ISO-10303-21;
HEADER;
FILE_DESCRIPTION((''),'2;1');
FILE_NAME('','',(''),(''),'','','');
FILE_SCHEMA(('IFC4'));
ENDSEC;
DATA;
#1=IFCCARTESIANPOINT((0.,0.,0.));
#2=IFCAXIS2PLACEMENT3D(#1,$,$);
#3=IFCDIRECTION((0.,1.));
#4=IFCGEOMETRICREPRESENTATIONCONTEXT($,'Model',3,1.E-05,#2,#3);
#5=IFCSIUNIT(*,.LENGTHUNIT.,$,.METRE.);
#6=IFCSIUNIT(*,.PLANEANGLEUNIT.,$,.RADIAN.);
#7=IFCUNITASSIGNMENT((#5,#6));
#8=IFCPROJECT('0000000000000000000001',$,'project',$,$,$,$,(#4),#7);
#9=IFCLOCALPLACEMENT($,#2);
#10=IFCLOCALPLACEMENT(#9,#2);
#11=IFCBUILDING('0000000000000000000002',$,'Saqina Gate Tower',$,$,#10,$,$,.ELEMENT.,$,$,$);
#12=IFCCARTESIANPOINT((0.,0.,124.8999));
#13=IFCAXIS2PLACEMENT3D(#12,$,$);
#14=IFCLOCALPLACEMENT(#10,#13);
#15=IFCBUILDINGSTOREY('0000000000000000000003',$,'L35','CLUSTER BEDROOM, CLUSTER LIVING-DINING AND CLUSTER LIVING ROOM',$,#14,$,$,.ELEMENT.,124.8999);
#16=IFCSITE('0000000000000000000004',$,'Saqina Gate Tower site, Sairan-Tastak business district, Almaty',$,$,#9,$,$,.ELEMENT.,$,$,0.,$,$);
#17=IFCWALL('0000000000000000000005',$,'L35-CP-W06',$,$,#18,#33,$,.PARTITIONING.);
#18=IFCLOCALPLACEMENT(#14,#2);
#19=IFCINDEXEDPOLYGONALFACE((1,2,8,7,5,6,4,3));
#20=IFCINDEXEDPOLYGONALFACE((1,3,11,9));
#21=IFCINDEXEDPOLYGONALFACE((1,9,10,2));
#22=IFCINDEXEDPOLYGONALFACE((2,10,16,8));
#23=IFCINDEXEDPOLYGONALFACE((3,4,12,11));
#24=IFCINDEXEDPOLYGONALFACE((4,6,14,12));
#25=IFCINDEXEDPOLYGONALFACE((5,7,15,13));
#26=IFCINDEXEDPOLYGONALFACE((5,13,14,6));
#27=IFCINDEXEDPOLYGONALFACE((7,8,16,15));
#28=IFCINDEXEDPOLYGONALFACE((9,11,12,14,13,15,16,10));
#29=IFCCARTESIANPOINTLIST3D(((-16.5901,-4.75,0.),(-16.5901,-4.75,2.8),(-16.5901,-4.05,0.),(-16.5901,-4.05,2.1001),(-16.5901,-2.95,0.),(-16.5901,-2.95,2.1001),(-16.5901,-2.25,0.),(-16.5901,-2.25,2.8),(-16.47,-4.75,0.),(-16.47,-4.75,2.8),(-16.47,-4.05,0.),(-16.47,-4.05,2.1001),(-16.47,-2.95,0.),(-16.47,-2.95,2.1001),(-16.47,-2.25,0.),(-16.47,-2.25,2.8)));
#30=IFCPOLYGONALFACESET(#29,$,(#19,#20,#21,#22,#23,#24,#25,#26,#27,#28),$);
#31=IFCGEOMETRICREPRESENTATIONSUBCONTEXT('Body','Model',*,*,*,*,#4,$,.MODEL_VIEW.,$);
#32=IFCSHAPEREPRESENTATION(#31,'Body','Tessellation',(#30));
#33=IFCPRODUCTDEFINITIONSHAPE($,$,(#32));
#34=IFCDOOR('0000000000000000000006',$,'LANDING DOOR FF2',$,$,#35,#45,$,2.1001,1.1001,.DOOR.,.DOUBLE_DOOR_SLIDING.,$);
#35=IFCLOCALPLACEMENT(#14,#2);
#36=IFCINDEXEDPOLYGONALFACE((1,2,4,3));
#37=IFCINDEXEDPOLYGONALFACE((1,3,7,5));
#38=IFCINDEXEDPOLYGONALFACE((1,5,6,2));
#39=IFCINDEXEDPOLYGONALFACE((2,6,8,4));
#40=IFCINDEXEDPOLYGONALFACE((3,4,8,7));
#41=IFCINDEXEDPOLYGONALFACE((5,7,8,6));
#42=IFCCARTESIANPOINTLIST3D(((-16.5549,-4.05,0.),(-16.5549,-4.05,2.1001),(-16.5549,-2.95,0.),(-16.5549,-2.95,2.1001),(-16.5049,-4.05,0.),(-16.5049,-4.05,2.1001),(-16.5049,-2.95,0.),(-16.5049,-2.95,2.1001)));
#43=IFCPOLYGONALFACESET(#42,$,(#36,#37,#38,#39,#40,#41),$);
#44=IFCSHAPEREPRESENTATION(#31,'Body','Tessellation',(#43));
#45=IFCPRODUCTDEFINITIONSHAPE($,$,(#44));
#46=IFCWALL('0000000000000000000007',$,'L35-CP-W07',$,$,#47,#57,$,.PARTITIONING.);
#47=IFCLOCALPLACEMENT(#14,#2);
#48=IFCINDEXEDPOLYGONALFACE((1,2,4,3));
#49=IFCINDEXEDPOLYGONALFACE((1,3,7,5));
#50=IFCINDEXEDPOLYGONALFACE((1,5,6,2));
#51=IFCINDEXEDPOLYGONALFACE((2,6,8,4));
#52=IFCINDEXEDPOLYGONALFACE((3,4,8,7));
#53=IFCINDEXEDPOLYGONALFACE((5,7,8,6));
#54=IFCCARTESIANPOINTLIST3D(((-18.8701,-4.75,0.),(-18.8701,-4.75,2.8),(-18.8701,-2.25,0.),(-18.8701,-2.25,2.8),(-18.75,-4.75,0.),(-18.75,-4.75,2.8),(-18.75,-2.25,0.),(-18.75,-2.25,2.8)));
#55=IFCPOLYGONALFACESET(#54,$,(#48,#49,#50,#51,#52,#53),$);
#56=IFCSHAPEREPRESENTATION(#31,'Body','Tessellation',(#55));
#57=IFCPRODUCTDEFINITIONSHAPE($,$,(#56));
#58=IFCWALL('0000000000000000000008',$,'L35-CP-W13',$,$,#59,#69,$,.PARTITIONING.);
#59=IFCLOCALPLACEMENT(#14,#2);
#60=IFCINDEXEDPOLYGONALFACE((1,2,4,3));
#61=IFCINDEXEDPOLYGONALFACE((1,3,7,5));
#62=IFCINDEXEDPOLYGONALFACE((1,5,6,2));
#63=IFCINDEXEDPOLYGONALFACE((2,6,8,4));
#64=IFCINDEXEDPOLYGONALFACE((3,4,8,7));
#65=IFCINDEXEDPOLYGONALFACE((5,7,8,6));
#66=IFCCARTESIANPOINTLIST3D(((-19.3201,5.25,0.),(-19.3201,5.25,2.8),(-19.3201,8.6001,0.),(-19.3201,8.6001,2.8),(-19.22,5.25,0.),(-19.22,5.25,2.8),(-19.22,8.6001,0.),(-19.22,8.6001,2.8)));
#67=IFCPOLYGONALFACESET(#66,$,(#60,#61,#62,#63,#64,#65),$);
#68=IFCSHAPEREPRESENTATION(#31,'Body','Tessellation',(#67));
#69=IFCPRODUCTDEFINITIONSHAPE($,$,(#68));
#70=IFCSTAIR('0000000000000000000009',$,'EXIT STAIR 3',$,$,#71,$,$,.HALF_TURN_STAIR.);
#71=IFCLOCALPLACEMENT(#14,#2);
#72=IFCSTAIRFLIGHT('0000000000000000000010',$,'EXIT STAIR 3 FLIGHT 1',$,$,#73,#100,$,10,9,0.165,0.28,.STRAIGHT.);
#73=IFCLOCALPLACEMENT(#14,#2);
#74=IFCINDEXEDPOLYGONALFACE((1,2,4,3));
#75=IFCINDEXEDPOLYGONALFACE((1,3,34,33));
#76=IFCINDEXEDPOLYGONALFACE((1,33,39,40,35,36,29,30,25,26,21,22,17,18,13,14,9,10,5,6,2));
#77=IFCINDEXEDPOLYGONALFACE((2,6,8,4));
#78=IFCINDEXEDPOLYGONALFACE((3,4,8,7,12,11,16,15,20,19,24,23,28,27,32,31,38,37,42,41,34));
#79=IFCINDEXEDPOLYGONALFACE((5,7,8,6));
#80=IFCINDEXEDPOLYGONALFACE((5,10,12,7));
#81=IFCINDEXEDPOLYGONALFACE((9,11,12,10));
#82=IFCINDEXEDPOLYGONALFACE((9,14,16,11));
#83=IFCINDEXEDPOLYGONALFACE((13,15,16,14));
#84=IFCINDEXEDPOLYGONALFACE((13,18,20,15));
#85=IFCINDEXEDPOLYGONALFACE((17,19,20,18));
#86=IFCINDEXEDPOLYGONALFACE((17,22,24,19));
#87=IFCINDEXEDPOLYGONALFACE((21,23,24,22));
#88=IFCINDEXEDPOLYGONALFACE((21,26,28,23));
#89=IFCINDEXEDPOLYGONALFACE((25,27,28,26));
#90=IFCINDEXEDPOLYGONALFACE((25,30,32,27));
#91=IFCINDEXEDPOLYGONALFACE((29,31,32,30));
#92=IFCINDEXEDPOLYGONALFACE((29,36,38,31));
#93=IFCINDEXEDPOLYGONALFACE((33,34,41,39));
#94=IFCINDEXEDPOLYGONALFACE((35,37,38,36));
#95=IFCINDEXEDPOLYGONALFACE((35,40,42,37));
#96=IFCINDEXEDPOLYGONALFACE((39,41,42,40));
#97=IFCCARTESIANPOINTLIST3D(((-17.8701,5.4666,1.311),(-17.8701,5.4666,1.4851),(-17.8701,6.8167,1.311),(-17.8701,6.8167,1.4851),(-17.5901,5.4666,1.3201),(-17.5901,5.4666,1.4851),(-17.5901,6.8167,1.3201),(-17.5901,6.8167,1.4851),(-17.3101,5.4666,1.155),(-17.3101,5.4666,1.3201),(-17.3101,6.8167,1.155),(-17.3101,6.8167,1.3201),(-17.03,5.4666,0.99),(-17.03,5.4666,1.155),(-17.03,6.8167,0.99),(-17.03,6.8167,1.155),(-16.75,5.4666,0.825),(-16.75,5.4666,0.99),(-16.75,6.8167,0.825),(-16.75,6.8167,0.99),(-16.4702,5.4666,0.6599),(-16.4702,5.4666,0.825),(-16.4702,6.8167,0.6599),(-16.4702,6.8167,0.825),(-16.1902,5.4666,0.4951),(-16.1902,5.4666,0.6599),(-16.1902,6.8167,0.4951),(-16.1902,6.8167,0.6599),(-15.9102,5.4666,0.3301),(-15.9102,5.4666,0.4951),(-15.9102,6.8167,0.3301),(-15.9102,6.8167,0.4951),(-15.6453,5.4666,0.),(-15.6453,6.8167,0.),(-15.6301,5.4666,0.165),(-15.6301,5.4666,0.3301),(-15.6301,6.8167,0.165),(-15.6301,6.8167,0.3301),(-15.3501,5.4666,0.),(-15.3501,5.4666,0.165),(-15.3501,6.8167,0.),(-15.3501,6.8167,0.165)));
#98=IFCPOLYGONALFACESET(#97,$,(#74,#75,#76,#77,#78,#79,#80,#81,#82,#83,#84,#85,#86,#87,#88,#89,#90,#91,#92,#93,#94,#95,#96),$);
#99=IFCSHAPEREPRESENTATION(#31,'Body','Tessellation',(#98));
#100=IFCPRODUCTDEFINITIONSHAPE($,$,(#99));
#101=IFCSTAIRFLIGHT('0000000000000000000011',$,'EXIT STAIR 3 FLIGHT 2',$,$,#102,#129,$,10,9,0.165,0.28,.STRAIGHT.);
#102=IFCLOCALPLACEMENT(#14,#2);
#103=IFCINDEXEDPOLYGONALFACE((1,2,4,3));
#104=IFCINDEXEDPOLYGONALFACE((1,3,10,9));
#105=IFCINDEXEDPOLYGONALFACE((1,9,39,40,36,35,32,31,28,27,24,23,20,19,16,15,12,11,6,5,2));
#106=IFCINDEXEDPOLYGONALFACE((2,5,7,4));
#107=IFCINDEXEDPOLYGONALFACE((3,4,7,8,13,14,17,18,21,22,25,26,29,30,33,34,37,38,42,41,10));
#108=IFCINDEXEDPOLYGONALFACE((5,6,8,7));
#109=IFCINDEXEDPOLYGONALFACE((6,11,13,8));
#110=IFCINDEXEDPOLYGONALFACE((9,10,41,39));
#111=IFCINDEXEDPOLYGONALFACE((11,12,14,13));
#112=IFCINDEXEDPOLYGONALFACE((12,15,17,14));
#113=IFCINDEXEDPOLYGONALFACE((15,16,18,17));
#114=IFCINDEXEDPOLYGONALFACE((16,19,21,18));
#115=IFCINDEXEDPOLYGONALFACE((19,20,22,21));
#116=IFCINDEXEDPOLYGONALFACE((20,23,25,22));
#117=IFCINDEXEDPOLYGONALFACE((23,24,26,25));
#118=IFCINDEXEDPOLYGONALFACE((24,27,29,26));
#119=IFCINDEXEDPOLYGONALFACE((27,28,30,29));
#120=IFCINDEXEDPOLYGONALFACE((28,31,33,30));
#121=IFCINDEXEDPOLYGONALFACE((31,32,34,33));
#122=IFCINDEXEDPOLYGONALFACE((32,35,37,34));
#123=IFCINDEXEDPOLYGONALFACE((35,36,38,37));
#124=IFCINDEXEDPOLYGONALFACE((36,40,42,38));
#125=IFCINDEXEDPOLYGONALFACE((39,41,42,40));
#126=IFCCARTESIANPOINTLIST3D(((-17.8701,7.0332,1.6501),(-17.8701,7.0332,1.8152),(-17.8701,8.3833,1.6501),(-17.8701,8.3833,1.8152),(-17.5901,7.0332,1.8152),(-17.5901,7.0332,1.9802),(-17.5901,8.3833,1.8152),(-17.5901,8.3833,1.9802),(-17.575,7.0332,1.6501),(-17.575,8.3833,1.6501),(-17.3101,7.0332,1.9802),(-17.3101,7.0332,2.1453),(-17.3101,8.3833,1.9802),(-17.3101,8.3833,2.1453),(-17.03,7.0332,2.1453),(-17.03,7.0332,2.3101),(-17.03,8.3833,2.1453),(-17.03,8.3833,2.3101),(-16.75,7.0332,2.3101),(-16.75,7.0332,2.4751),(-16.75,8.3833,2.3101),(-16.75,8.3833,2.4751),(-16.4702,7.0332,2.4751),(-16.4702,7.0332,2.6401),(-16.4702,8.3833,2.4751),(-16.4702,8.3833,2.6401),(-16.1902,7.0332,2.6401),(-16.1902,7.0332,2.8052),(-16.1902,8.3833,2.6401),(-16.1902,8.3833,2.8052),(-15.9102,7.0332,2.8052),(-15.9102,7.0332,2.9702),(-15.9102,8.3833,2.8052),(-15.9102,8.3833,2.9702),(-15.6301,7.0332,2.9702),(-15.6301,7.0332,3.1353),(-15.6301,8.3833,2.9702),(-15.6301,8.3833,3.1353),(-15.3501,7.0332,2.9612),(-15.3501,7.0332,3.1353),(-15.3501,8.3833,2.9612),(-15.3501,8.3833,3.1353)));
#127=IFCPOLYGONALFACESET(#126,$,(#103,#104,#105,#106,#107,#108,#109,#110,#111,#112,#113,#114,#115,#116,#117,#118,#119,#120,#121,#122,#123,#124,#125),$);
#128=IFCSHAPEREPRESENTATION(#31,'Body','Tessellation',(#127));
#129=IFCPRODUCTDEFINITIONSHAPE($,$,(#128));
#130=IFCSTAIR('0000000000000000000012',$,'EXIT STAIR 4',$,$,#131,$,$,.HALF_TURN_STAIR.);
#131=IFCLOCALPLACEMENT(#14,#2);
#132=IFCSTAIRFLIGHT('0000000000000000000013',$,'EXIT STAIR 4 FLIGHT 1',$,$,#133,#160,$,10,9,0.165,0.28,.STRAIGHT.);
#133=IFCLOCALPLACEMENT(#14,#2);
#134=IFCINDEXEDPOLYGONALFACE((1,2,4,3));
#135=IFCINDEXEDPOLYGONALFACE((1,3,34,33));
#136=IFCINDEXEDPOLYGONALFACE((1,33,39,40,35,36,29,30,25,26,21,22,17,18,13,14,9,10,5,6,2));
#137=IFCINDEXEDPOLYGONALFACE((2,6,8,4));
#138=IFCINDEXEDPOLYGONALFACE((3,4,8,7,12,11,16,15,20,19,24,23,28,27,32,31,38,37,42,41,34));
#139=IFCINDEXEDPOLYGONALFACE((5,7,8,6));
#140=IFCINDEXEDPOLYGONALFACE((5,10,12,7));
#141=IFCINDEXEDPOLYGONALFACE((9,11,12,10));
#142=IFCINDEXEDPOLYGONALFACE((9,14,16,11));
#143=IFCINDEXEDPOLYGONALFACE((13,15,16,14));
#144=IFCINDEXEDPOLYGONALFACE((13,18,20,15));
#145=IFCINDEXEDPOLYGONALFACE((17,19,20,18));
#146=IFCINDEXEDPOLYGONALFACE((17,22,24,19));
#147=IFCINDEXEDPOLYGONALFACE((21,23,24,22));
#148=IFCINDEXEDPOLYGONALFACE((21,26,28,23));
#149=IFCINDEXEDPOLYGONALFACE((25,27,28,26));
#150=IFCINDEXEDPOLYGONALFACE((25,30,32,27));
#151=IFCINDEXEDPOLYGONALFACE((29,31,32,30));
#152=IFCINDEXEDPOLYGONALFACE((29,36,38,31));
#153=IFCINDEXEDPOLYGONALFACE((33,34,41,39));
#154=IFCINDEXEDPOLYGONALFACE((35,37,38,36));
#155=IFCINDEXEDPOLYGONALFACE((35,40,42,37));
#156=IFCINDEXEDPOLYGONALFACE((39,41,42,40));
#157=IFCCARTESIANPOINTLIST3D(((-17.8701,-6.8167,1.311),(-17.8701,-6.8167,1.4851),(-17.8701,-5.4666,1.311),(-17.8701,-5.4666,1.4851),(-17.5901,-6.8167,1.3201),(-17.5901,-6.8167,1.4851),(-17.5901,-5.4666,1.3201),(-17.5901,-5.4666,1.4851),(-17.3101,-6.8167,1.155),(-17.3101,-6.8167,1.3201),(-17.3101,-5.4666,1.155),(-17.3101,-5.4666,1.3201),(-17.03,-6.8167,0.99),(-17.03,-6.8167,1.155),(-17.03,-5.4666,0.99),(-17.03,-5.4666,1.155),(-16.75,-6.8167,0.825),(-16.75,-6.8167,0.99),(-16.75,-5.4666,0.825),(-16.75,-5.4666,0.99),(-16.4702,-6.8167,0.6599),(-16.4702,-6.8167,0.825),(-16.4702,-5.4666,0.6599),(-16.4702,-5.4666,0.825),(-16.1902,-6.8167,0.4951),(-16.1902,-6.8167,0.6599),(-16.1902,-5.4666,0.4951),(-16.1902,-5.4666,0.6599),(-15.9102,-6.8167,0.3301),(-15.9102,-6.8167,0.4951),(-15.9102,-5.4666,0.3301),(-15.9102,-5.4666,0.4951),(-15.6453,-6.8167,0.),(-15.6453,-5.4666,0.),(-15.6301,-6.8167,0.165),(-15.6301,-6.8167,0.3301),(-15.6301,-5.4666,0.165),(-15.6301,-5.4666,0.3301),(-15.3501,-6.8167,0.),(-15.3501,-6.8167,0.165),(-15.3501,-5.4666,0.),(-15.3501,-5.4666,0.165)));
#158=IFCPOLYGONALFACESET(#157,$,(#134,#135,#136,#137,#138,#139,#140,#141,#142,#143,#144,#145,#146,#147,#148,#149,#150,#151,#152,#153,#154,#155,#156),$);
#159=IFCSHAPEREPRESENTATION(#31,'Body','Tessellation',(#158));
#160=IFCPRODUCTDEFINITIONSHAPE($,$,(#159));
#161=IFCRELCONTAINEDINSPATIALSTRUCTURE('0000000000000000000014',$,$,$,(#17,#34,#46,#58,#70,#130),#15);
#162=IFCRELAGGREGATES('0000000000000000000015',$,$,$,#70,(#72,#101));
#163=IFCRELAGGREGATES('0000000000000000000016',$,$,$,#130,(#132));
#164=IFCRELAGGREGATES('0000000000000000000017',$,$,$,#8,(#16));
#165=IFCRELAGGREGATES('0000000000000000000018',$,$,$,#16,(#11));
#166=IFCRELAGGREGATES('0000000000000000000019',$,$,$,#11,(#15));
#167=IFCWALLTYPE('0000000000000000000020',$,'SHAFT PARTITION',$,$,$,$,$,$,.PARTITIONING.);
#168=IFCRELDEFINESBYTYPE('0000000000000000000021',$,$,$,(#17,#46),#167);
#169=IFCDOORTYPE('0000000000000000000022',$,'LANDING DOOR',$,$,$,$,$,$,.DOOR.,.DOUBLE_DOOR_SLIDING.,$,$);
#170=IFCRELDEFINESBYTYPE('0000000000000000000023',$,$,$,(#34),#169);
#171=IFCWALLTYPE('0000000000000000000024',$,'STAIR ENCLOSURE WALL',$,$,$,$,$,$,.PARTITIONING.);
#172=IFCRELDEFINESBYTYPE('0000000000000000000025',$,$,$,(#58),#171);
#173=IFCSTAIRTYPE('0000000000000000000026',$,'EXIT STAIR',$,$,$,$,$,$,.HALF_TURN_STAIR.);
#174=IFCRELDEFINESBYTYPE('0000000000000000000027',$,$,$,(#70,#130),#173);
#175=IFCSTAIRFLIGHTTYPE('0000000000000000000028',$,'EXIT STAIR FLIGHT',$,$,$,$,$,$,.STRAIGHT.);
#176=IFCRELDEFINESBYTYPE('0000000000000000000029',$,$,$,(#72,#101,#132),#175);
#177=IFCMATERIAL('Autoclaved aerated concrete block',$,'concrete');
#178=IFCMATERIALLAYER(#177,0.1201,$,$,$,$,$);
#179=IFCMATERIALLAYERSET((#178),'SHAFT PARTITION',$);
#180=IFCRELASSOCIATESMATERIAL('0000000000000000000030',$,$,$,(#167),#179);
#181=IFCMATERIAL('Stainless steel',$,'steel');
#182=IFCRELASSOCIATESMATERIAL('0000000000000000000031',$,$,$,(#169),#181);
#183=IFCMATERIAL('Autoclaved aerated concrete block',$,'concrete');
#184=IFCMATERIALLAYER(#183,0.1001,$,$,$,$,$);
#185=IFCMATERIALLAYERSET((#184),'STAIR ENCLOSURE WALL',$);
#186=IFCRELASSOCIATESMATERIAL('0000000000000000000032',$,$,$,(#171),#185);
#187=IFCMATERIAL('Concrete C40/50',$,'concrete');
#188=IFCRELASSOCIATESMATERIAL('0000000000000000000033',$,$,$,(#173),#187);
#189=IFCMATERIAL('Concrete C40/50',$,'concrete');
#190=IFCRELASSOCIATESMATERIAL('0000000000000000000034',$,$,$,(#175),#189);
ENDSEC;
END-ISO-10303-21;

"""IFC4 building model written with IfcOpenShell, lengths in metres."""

from ifc_helpers import new_model, si_unit, direction, frame, frame_2d, origin, place, context, subcontext, project, spatial, polyline, rectangle, outline, extrude, material, layer, layer_set, type_object, element, fill, aggregate, save


model = new_model("IFC4")

# Units and contexts
model_context = context("Model", 3, precision=1e-05, world=origin(), true_north=direction((0.0, 1.0)))
body_context = subcontext(model_context, "Body", "Model", "MODEL_VIEW")
ifc_project = project(units=[si_unit("LENGTHUNIT", "METRE"), si_unit("PLANEANGLEUNIT", "RADIAN")], contexts=[model_context])

# Site, building, storey
site_placement = place(None, origin())
site = spatial("IfcSite", under=ifc_project, at=site_placement, Name="Saqina Gate Tower site, Sairan-Tastak business district, Almaty", CompositionType="ELEMENT", RefElevation=0.0)
building_placement = place(site_placement, origin())
building = spatial("IfcBuilding", under=site, at=building_placement, Name="Saqina Gate Tower", CompositionType="ELEMENT")
storey_placement = place(building_placement, frame((0.0, 0.0, 124.8999)))
storey = spatial("IfcBuildingStorey", under=building, at=storey_placement, Name="L35", Description="CLUSTER BEDROOM, CLUSTER LIVING-DINING AND CLUSTER LIVING ROOM", CompositionType="ELEMENT", Elevation=124.8999)

# Shared definitions
ifc_material_1 = material(Name="Autoclaved aerated concrete block", Category="concrete")
ifc_layer_1 = layer(ifc_material_1, 0.1201)
ifc_layer_set_1 = layer_set([ifc_layer_1], Name="SHAFT PARTITION")
wall_type_1 = type_object("IfcWallType", Name="SHAFT PARTITION", PredefinedType="PARTITIONING", material=ifc_layer_set_1)

# Wall, opening, door
wall_1_placement = place(storey_placement, frame((-16.53, -4.75, 0.0), z_axis=(0.0, 0.0, 1.0), x_axis=(0.0, 1.0, 0.0)))
wall_1 = element("IfcWall", 1, at=wall_1_placement, inside=storey, type_object=wall_type_1, Name="L35-CP-W06", PredefinedType="PARTITIONING", context=body_context, shape_type="SweptSolid", body=[
    extrude(rectangle(XDim=2.5, YDim=0.1201, at=frame_2d((1.25, 0.0))), origin(), (0.0, 0.0, 1.0), 2.8),
])
opening_1_placement = place(wall_1_placement, frame((0.7, 0.0, 0.0)))
opening_1 = element("IfcOpeningElement", 2, at=opening_1_placement, cuts=wall_1, PredefinedType="OPENING", context=body_context, shape_type="SweptSolid", body=[
    extrude(rectangle(XDim=1.1001, YDim=2.1001, at=frame_2d((0.55, 1.05))), frame((0.0, 0.072, 0.0), z_axis=(0.0, -1.0, 0.0), x_axis=(1.0, 0.0, 0.0)), (0.0, 0.0, 1.0), 0.144),
])
ifc_material_2 = material(Name="Stainless steel", Category="steel")
door_type_1 = type_object("IfcDoorType", Name="LANDING DOOR", OperationType="DOUBLE_DOOR_SLIDING", PredefinedType="DOOR", material=ifc_material_2)
door_1_placement = place(opening_1_placement, origin())
door_1 = element("IfcDoor", 3, at=door_1_placement, inside=storey, type_object=door_type_1, Name="LANDING DOOR FF2", OperationType="DOUBLE_DOOR_SLIDING", OverallHeight=2.1001, OverallWidth=1.1001, PredefinedType="DOOR", context=body_context, shape_type="SweptSolid", body=[
    extrude(rectangle(XDim=1.1001, YDim=2.1001, at=frame_2d((0.55, 1.05))), frame((0.0, 0.0249, 0.0), z_axis=(0.0, -1.0, 0.0), x_axis=(1.0, 0.0, 0.0)), (0.0, 0.0, 1.0), 0.05),
])
fill(opening_1, door_1)

# Walls
wall_2_placement = place(storey_placement, frame((-18.8101, -4.75, 0.0), z_axis=(0.0, 0.0, 1.0), x_axis=(0.0, 1.0, 0.0)))
element("IfcWall", 4, at=wall_2_placement, inside=storey, type_object=wall_type_1, Name="L35-CP-W07", PredefinedType="PARTITIONING", context=body_context, shape_type="SweptSolid", body=[
    extrude(rectangle(XDim=2.5, YDim=0.1201, at=frame_2d((1.25, 0.0))), origin(), (0.0, 0.0, 1.0), 2.8),
])
ifc_material_3 = material(Name="Autoclaved aerated concrete block", Category="concrete")
ifc_layer_2 = layer(ifc_material_3, 0.1001)
ifc_layer_set_2 = layer_set([ifc_layer_2], Name="STAIR ENCLOSURE WALL")
wall_type_2 = type_object("IfcWallType", Name="STAIR ENCLOSURE WALL", PredefinedType="PARTITIONING", material=ifc_layer_set_2)
wall_3_placement = place(storey_placement, frame((-19.27, 5.25, 0.0), z_axis=(0.0, 0.0, 1.0), x_axis=(0.0, 1.0, 0.0)))
element("IfcWall", 5, at=wall_3_placement, inside=storey, type_object=wall_type_2, Name="L35-CP-W13", PredefinedType="PARTITIONING", context=body_context, shape_type="SweptSolid", body=[
    extrude(rectangle(XDim=3.3501, YDim=0.1001, at=frame_2d((1.675, 0.0))), origin(), (0.0, 0.0, 1.0), 2.8),
])

# Stair, stair flights
ifc_material_4 = material(Name="Concrete C40/50", Category="concrete")
stair_type = type_object("IfcStairType", Name="EXIT STAIR", PredefinedType="HALF_TURN_STAIR", material=ifc_material_4)
stair_1_placement = place(storey_placement, origin())
stair_1 = element("IfcStair", 6, at=stair_1_placement, inside=storey, type_object=stair_type, Name="EXIT STAIR 3", PredefinedType="HALF_TURN_STAIR")
ifc_material_5 = material(Name="Concrete C40/50", Category="concrete")
stair_flight_type = type_object("IfcStairFlightType", Name="EXIT STAIR FLIGHT", PredefinedType="STRAIGHT", material=ifc_material_5)
stair_flight_1_placement = place(storey_placement, frame((-15.3501, 6.1416, 0.0), z_axis=(0.0, 0.0, 1.0), x_axis=(-1.0, 0.0, 0.0)))
stair_flight_1 = element("IfcStairFlight", 7, at=stair_flight_1_placement, type_object=stair_flight_type, Name="EXIT STAIR 3 FLIGHT 1", NumberOfRisers=10, NumberOfTreads=9, PredefinedType="STRAIGHT", RiserHeight=0.165, TreadLength=0.28, context=body_context, shape_type="SweptSolid", body=[
    extrude(outline(polyline([(0.0, 0.0), (0.0, 0.165), (0.28, 0.165), (0.28, 0.3301), (0.5601, 0.3301), (0.5601, 0.4951), (0.8401, 0.4951), (0.8401, 0.6599), (1.1201, 0.6599), (1.1201, 0.825), (1.3999, 0.825), (1.3999, 0.99), (1.6799, 0.99), (1.6799, 1.155), (1.96, 1.155), (1.96, 1.3201), (2.24, 1.3201), (2.24, 1.4851), (2.52, 1.4851), (2.52, 1.6499), (2.52, 1.311), (0.2952, 0.0), (0.0, 0.0)])), frame((0.0, 0.675, 0.0), z_axis=(0.0, -1.0, 0.0), x_axis=(1.0, 0.0, 0.0)), (0.0, 0.0, 1.0), 1.3501),
])
stair_flight_2_placement = place(storey_placement, frame((-17.8701, 7.7083, 1.6501), z_axis=(0.0, 0.0, 1.0), x_axis=(1.0, 0.0, 0.0)))
stair_flight_2 = element("IfcStairFlight", 8, at=stair_flight_2_placement, type_object=stair_flight_type, Name="EXIT STAIR 3 FLIGHT 2", NumberOfRisers=10, NumberOfTreads=9, PredefinedType="STRAIGHT", RiserHeight=0.165, TreadLength=0.28, context=body_context, shape_type="SweptSolid", body=[
    extrude(outline(polyline([(0.0, 0.0), (0.0, 0.165), (0.28, 0.165), (0.28, 0.3301), (0.5601, 0.3301), (0.5601, 0.4951), (0.8401, 0.4951), (0.8401, 0.6599), (1.1201, 0.6599), (1.1201, 0.825), (1.3999, 0.825), (1.3999, 0.99), (1.6799, 0.99), (1.6799, 1.155), (1.96, 1.155), (1.96, 1.3201), (2.24, 1.3201), (2.24, 1.4851), (2.52, 1.4851), (2.52, 1.6499), (2.52, 1.311), (0.2952, 0.0), (0.0, 0.0)])), frame((0.0, 0.675, 0.0), z_axis=(0.0, -1.0, 0.0), x_axis=(1.0, 0.0, 0.0)), (0.0, 0.0, 1.0), 1.3501),
])
aggregate(stair_1, [stair_flight_1, stair_flight_2])

# Stair, stair flight
stair_2_placement = place(storey_placement, origin())
stair_2 = element("IfcStair", 9, at=stair_2_placement, inside=storey, type_object=stair_type, Name="EXIT STAIR 4", PredefinedType="HALF_TURN_STAIR")
stair_flight_3_placement = place(storey_placement, frame((-15.3501, -6.1416, 0.0), z_axis=(0.0, 0.0, 1.0), x_axis=(-1.0, 0.0, 0.0)))
stair_flight_3 = element("IfcStairFlight", 10, at=stair_flight_3_placement, type_object=stair_flight_type, Name="EXIT STAIR 4 FLIGHT 1", NumberOfRisers=10, NumberOfTreads=9, PredefinedType="STRAIGHT", RiserHeight=0.165, TreadLength=0.28, context=body_context, shape_type="SweptSolid", body=[
    extrude(outline(polyline([(0.0, 0.0), (0.0, 0.165), (0.28, 0.165), (0.28, 0.3301), (0.5601, 0.3301), (0.5601, 0.4951), (0.8401, 0.4951), (0.8401, 0.6599), (1.1201, 0.6599), (1.1201, 0.825), (1.3999, 0.825), (1.3999, 0.99), (1.6799, 0.99), (1.6799, 1.155), (1.96, 1.155), (1.96, 1.3201), (2.24, 1.3201), (2.24, 1.4851), (2.52, 1.4851), (2.52, 1.6499), (2.52, 1.311), (0.2952, 0.0), (0.0, 0.0)])), frame((0.0, 0.675, 0.0), z_axis=(0.0, -1.0, 0.0), x_axis=(1.0, 0.0, 0.0)), (0.0, 0.0, 1.0), 1.3501),
])
aggregate(stair_2, [stair_flight_3])

save(model, "model.ifc")
